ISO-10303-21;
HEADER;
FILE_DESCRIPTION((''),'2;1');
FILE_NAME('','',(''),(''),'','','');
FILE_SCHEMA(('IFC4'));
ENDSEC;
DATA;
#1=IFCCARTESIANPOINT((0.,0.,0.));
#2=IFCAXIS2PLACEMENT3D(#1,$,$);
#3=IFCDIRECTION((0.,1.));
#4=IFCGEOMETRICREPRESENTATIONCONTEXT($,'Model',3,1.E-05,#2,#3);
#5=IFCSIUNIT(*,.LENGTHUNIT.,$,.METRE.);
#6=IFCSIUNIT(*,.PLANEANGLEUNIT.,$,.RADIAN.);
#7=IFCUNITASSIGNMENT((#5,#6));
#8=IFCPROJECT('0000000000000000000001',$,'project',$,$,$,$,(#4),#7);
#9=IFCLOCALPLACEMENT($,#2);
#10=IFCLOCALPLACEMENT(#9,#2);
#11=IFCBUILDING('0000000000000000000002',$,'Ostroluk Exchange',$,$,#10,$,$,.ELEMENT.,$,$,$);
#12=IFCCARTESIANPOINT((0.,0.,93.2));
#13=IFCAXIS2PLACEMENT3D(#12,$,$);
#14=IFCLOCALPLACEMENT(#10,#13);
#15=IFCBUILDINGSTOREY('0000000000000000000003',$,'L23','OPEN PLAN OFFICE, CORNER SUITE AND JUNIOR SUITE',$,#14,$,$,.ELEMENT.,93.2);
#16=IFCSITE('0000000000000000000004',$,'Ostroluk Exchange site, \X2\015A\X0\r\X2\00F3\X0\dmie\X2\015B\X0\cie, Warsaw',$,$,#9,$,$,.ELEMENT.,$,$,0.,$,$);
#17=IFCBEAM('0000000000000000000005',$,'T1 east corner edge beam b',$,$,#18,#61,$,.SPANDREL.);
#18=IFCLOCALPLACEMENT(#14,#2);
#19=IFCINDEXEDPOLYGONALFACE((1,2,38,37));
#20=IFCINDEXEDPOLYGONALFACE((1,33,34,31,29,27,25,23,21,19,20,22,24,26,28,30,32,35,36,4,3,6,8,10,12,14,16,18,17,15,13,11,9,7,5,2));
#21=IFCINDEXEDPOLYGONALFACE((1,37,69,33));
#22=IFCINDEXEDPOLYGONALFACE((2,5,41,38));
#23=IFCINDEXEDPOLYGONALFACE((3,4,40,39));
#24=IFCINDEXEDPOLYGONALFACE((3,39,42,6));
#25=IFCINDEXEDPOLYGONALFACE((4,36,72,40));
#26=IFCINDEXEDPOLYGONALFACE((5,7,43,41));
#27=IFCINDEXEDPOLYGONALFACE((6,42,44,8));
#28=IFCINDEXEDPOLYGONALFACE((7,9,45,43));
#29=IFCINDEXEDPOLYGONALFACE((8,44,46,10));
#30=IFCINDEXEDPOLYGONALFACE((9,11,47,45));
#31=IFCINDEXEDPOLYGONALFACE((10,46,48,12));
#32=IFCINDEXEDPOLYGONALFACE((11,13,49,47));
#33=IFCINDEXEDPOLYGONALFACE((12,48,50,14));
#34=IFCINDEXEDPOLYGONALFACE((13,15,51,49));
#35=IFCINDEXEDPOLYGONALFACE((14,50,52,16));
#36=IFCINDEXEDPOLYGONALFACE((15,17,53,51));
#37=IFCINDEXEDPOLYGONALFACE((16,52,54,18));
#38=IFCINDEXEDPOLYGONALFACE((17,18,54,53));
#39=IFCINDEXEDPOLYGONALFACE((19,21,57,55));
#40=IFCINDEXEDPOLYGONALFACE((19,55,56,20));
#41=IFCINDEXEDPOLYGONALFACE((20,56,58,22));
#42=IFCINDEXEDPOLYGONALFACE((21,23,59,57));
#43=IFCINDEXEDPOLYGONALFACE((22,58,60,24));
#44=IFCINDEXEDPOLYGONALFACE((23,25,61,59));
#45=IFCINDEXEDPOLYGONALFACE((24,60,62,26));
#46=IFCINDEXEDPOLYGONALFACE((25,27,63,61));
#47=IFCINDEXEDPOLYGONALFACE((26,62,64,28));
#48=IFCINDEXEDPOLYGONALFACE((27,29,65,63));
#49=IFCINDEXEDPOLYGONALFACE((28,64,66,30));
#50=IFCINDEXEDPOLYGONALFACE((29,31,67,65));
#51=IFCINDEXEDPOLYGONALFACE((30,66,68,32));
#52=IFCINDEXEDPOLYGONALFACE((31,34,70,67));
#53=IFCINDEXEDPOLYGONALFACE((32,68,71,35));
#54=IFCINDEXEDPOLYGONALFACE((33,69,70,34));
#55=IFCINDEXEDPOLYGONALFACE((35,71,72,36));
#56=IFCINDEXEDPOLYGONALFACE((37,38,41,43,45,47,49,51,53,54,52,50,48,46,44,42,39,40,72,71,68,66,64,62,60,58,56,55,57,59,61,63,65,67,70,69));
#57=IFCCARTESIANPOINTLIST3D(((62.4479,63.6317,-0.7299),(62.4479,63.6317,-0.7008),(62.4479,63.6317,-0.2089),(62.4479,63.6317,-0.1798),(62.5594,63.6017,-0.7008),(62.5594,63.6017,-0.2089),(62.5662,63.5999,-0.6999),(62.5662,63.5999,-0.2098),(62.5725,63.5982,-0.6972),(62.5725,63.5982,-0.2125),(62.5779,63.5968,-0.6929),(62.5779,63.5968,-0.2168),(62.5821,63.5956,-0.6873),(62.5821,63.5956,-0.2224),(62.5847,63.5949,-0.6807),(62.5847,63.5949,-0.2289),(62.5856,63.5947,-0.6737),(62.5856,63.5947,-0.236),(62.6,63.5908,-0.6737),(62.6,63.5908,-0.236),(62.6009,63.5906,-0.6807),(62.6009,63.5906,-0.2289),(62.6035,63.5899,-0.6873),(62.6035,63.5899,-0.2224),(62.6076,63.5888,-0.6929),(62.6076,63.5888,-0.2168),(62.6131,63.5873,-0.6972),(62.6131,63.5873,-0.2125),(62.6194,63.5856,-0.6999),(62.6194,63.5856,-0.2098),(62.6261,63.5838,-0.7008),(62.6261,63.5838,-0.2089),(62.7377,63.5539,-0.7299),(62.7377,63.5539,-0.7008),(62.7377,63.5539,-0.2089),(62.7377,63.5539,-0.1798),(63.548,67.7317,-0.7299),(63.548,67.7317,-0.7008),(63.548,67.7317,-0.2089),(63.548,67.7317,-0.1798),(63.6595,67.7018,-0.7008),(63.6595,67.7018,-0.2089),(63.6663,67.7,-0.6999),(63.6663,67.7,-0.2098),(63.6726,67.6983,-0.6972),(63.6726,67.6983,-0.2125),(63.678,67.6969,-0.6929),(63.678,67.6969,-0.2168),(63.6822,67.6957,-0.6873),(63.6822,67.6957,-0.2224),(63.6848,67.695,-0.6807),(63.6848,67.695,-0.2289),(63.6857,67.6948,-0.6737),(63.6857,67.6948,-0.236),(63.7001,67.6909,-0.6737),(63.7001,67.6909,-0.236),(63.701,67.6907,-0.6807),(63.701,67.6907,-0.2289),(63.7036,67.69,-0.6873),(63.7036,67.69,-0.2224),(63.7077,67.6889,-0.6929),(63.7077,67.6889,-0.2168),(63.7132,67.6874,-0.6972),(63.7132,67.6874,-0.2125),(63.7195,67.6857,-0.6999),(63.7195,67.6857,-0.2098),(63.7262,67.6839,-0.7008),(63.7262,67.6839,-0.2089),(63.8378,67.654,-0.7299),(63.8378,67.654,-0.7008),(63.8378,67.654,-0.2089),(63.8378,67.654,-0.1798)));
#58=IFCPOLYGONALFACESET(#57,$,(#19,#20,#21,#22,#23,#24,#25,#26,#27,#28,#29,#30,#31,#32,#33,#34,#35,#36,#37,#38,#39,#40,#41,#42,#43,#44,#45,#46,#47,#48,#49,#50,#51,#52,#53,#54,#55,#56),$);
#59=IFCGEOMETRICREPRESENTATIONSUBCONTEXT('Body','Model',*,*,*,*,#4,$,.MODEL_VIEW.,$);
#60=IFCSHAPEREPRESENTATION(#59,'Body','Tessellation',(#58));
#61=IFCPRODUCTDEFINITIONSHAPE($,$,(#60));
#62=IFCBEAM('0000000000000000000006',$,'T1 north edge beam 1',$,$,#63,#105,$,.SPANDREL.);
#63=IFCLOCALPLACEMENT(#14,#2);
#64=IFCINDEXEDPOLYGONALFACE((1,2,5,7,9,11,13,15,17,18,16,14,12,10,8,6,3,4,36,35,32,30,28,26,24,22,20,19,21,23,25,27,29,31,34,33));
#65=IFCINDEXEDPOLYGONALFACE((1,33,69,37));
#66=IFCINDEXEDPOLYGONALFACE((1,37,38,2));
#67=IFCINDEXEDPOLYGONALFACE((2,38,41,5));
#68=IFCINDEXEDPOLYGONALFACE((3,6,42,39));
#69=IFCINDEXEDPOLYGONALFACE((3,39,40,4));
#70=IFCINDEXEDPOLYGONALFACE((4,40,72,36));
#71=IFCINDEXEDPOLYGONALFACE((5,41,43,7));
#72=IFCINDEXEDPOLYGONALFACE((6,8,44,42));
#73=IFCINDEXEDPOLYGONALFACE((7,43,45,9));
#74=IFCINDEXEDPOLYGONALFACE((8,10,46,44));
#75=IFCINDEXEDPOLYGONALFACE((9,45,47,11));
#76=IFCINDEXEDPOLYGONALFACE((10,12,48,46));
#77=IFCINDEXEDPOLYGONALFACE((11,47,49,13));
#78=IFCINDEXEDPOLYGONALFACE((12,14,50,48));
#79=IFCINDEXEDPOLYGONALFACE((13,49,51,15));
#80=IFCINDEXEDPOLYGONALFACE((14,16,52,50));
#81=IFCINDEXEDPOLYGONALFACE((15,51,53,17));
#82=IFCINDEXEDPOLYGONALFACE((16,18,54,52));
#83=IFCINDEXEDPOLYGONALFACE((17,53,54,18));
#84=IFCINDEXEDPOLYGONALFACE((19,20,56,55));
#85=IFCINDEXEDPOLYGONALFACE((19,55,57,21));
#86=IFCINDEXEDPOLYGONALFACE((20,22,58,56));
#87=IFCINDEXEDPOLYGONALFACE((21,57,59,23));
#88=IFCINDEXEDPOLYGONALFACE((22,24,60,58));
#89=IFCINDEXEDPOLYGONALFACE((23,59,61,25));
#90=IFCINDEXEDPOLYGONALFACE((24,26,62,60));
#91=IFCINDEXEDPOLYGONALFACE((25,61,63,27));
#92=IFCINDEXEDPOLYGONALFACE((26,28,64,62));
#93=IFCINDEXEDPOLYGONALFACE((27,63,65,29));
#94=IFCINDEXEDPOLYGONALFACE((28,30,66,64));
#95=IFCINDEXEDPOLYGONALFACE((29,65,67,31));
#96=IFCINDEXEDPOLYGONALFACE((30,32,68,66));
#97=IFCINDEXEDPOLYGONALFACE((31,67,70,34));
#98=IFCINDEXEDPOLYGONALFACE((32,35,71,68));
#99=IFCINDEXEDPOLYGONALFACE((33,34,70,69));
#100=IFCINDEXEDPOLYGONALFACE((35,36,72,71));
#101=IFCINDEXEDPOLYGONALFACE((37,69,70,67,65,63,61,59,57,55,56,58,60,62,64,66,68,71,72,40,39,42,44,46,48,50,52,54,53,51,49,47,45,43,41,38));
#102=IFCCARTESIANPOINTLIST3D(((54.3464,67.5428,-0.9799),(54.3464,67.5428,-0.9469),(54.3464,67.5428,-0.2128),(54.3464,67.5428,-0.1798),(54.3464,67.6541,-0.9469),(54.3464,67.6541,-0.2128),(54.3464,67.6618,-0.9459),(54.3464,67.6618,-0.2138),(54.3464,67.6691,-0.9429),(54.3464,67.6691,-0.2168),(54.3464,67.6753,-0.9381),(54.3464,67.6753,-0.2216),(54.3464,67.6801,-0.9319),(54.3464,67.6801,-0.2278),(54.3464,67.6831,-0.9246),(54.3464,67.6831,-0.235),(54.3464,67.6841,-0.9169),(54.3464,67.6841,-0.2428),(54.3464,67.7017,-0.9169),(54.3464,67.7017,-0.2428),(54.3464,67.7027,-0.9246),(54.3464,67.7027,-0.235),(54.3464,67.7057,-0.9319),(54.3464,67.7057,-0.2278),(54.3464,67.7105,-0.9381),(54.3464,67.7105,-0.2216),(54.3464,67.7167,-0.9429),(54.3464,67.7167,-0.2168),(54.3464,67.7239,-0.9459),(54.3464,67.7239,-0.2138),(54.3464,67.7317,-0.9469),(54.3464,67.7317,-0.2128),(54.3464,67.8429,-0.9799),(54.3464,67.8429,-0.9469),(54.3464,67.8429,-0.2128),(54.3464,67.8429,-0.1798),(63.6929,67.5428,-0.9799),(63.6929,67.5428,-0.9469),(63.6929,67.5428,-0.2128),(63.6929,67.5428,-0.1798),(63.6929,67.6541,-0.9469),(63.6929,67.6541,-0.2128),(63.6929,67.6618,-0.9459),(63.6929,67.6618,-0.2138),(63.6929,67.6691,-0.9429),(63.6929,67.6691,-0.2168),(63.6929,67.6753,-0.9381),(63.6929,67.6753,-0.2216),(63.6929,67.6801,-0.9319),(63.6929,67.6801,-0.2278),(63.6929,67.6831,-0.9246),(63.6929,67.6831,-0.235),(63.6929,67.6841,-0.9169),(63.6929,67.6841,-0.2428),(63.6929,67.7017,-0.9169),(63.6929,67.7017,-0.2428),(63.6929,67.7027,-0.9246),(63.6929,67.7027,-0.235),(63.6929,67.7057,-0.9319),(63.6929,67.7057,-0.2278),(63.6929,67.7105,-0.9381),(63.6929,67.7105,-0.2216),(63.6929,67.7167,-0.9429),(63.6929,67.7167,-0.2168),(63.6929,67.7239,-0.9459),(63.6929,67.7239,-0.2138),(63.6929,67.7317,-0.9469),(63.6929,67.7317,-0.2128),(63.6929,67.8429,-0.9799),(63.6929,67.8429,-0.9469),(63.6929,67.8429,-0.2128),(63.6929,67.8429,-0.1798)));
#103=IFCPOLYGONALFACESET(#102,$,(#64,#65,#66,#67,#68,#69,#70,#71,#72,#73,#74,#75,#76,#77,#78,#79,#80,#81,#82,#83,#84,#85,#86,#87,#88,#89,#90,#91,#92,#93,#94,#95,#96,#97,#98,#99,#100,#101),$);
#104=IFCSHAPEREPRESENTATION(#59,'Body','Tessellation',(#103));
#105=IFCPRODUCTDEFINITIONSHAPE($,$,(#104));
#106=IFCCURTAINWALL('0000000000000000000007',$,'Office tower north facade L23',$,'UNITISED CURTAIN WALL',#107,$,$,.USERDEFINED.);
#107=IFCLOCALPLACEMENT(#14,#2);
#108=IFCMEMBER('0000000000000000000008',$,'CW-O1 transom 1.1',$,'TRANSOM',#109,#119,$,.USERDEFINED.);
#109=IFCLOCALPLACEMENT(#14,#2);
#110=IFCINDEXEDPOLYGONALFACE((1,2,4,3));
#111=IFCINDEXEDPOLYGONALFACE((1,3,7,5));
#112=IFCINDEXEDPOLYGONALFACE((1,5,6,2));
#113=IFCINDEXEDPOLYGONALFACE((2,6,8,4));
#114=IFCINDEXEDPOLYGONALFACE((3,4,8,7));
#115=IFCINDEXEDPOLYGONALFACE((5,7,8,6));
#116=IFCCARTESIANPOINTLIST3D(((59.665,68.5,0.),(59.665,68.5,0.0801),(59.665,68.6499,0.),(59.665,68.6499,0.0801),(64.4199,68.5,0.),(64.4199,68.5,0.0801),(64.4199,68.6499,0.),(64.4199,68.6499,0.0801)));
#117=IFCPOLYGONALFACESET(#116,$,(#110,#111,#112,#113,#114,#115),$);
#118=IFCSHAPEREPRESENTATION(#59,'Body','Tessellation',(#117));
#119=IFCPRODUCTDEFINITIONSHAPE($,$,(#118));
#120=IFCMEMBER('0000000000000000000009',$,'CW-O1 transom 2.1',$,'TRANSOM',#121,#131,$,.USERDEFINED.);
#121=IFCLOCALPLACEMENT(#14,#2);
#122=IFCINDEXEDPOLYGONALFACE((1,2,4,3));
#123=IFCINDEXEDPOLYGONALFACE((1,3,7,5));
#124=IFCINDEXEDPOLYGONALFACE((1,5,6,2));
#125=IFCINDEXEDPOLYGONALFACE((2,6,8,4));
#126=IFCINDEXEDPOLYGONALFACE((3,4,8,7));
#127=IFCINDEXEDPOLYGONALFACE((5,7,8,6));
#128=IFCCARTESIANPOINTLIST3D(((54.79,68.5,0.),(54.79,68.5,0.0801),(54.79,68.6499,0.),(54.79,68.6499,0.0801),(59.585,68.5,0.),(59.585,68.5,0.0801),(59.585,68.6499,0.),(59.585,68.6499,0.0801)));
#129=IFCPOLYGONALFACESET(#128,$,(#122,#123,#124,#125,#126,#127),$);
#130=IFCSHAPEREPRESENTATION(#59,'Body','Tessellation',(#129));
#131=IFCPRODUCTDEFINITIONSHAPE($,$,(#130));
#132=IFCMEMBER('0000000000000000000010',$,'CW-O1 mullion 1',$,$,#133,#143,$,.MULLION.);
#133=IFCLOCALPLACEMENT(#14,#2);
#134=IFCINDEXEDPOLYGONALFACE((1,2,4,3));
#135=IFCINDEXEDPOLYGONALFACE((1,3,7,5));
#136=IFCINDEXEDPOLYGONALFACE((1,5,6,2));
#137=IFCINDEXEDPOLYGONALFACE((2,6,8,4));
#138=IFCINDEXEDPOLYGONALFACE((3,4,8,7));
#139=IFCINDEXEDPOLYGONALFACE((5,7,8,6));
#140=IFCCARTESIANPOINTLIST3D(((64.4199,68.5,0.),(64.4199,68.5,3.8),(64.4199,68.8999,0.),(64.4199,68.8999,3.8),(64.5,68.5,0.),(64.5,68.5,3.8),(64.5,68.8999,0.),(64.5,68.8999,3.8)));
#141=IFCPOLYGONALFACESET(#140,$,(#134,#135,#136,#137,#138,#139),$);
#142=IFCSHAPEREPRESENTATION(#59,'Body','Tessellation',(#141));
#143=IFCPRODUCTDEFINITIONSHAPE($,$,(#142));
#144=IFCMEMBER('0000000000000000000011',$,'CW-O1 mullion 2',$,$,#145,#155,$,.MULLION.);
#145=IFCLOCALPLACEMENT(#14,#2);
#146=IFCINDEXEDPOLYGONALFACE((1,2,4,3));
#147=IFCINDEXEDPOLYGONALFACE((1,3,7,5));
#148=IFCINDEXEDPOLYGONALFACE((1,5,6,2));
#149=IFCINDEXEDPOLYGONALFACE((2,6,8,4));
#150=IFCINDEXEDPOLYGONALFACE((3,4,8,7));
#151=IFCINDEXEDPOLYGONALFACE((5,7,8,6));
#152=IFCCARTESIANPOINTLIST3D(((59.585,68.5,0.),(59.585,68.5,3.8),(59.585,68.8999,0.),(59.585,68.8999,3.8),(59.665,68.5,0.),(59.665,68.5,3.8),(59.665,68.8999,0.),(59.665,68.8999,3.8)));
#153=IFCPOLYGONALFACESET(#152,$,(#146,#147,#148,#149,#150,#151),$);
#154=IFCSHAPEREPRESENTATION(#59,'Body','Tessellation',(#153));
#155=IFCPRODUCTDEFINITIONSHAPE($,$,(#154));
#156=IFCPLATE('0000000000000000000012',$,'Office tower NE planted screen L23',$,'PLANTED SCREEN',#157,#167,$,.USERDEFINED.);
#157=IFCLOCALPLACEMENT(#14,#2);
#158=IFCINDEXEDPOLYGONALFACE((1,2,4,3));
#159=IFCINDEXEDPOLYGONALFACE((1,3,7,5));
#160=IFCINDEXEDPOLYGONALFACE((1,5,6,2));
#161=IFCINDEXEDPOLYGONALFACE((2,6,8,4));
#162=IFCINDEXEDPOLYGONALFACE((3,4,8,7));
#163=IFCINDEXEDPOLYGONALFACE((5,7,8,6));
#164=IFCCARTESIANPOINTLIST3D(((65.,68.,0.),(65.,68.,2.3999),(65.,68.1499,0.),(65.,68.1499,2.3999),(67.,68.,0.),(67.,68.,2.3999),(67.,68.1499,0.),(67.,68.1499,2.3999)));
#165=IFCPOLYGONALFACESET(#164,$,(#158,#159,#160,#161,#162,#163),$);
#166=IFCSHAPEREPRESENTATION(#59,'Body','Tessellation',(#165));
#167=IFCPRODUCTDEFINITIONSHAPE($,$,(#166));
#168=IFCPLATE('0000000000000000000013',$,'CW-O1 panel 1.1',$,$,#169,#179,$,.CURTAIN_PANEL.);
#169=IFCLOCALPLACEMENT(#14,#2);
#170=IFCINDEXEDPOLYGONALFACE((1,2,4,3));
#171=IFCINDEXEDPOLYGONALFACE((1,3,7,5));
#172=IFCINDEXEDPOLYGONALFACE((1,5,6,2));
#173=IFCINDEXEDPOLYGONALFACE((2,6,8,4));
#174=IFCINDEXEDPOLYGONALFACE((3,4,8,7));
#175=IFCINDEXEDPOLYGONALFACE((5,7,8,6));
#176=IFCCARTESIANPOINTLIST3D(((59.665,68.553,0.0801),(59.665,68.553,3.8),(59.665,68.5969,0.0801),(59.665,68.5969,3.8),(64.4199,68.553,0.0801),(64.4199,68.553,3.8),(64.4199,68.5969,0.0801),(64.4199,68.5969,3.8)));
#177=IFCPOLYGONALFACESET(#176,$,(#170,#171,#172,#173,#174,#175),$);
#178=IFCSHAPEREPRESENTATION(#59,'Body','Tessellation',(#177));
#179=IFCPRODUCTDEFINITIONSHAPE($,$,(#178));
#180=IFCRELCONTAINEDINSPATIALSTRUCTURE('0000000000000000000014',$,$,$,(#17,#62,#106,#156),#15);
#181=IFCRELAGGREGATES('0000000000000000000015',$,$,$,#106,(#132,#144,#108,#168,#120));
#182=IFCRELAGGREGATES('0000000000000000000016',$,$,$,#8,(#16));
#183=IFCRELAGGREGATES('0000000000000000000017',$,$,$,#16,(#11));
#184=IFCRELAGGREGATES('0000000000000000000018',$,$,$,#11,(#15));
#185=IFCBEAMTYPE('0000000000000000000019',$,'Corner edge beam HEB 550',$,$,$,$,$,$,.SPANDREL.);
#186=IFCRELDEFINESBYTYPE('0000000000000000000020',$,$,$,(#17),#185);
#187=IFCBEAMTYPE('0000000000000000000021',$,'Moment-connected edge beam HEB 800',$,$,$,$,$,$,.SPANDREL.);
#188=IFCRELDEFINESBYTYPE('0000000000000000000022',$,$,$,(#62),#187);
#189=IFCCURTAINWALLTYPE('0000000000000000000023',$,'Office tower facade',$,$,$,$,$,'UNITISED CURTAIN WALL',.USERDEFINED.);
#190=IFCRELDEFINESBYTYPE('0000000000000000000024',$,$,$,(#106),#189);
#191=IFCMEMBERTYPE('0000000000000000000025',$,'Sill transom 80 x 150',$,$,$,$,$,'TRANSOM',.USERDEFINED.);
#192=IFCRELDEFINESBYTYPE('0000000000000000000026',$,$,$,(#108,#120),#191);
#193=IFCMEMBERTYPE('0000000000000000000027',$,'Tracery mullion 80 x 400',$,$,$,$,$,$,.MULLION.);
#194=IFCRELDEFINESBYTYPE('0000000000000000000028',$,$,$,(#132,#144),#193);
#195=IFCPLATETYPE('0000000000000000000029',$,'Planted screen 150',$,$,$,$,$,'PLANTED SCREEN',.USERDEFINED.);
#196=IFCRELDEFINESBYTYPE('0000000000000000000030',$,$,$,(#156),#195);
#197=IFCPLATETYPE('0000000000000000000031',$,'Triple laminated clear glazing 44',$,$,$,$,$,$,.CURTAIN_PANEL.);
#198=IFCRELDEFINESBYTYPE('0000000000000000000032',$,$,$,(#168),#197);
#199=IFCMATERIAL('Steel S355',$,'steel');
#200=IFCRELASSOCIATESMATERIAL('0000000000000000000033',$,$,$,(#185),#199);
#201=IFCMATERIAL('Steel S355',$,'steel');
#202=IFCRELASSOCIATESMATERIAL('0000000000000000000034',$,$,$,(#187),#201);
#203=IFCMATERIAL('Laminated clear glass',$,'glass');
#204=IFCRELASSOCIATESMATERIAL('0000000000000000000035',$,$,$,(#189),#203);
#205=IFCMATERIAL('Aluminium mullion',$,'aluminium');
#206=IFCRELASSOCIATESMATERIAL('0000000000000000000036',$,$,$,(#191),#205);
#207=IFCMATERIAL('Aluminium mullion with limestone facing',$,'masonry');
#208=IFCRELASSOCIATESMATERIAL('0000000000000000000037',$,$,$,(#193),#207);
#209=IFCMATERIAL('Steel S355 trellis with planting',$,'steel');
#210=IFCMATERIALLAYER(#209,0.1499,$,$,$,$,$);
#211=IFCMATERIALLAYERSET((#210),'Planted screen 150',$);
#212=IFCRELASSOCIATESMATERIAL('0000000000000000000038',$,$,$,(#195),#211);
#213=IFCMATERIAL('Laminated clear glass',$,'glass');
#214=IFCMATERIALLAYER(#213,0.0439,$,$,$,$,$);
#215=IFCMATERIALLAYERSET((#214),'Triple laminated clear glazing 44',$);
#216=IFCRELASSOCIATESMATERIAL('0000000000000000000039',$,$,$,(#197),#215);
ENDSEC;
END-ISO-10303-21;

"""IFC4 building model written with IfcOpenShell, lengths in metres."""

from ifc_helpers import new_model, si_unit, direction, frame, origin, origin_2d, place, context, subcontext, project, spatial, rectangle, i_section, extrude, material, layer, layer_set, material_profile, profile_set, type_object, element, aggregate, save


model = new_model("IFC4")

# Units and contexts
model_context = context("Model", 3, precision=1e-05, world=origin(), true_north=direction((0.0, 1.0)))
body_context = subcontext(model_context, "Body", "Model", "MODEL_VIEW")
ifc_project = project(units=[si_unit("LENGTHUNIT", "METRE"), si_unit("PLANEANGLEUNIT", "RADIAN")], contexts=[model_context])

# Site, building, storey
site_placement = place(None, origin())
site = spatial("IfcSite", under=ifc_project, at=site_placement, Name="Ostroluk Exchange site, Śródmieście, Warsaw", CompositionType="ELEMENT", RefElevation=0.0)
building_placement = place(site_placement, origin())
building = spatial("IfcBuilding", under=site, at=building_placement, Name="Ostroluk Exchange", CompositionType="ELEMENT")
storey_placement = place(building_placement, frame((0.0, 0.0, 93.2)))
storey = spatial("IfcBuildingStorey", under=building, at=storey_placement, Name="L23", Description="OPEN PLAN OFFICE, CORNER SUITE AND JUNIOR SUITE", CompositionType="ELEMENT", Elevation=93.2)

# Beams
ifc_material_1 = material(Name="Steel S355", Category="steel")
ifc_material_profile_1 = material_profile(ifc_material_1, i_section(OverallWidth=0.3, OverallDepth=0.55, WebThickness=0.0149, FlangeThickness=0.0291, FilletRadius=0.0271, at=origin_2d()), Name="HEB 550")
ifc_profile_set_1 = profile_set([ifc_material_profile_1], Name="Steel S355")
beam_type_1 = type_object("IfcBeamType", Name="Corner edge beam HEB 550", PredefinedType="SPANDREL", material=ifc_profile_set_1)
for number, where, z_axis, x_axis, name in (
    (1, (62.5928, 63.5928, -0.4548), (0.259144, 0.965839, 0.0), (-0.965839, 0.259144, 0.0), "T1 east corner edge beam b"),
):
    element("IfcBeam", number, at=place(storey_placement, frame(where, z_axis=z_axis, x_axis=x_axis)), inside=storey, type_object=beam_type_1, Name=name, PredefinedType="SPANDREL", context=body_context, shape_type="SweptSolid", body=[
        extrude(i_section(OverallWidth=0.3, OverallDepth=0.55, WebThickness=0.0149, FlangeThickness=0.0291, FilletRadius=0.0271, at=origin_2d()), origin(), (0.0, 0.0, 1.0), 4.2451),
    ])
ifc_material_2 = material(Name="Steel S355", Category="steel")
ifc_material_profile_2 = material_profile(ifc_material_2, i_section(OverallWidth=0.3, OverallDepth=0.8, WebThickness=0.0176, FlangeThickness=0.033, FilletRadius=0.03, at=origin_2d()), Name="HEB 800")
ifc_profile_set_2 = profile_set([ifc_material_profile_2], Name="Steel S355")
beam_type_2 = type_object("IfcBeamType", Name="Moment-connected edge beam HEB 800", PredefinedType="SPANDREL", material=ifc_profile_set_2)
beam_1_placement = place(storey_placement, frame((63.6929, 67.6929, -0.5798), z_axis=(-1.0, 0.0, 0.0), x_axis=(0.0, -1.0, 0.0)))
element("IfcBeam", 2, at=beam_1_placement, inside=storey, type_object=beam_type_2, Name="T1 north edge beam 1", PredefinedType="SPANDREL", context=body_context, shape_type="SweptSolid", body=[
    extrude(i_section(OverallWidth=0.3, OverallDepth=0.8, WebThickness=0.0176, FlangeThickness=0.033, FilletRadius=0.03, at=origin_2d()), origin(), (0.0, 0.0, 1.0), 9.3464),
])

# Curtain wall, members
ifc_material_3 = material(Name="Laminated clear glass", Category="glass")
curtain_wall_type = type_object("IfcCurtainWallType", Name="Office tower facade", ElementType="UNITISED CURTAIN WALL", PredefinedType="USERDEFINED", material=ifc_material_3)
curtain_wall_placement = place(storey_placement, origin())
curtain_wall = element("IfcCurtainWall", 3, at=curtain_wall_placement, inside=storey, type_object=curtain_wall_type, Name="Office tower north facade L23", ObjectType="UNITISED CURTAIN WALL", PredefinedType="USERDEFINED")
ifc_material_4 = material(Name="Aluminium mullion", Category="aluminium")
ifc_material_profile_3 = material_profile(ifc_material_4, rectangle(XDim=0.1499, YDim=0.0801, at=origin_2d()), Name="Sill transom 80 x 150")
ifc_profile_set_3 = profile_set([ifc_material_profile_3], Name="Aluminium mullion")
member_type_1 = type_object("IfcMemberType", Name="Sill transom 80 x 150", ElementType="TRANSOM", PredefinedType="USERDEFINED", material=ifc_profile_set_3)
member_1_placement = place(storey_placement, frame((64.4199, 68.575, 0.04), z_axis=(-1.0, 0.0, 0.0), x_axis=(0.0, -1.0, 0.0)))
member_1 = element("IfcMember", 4, at=member_1_placement, type_object=member_type_1, Name="CW-O1 transom 1.1", ObjectType="TRANSOM", PredefinedType="USERDEFINED", context=body_context, shape_type="SweptSolid", body=[
    extrude(rectangle(XDim=0.1499, YDim=0.0801, at=origin_2d()), origin(), (0.0, 0.0, 1.0), 4.7549),
])
member_2_placement = place(storey_placement, frame((59.585, 68.575, 0.04), z_axis=(-1.0, 0.0, 0.0), x_axis=(0.0, -1.0, 0.0)))
member_2 = element("IfcMember", 5, at=member_2_placement, type_object=member_type_1, Name="CW-O1 transom 2.1", ObjectType="TRANSOM", PredefinedType="USERDEFINED", context=body_context, shape_type="SweptSolid", body=[
    extrude(rectangle(XDim=0.1499, YDim=0.0801, at=origin_2d()), origin(), (0.0, 0.0, 1.0), 4.7949),
])
ifc_material_5 = material(Name="Aluminium mullion with limestone facing", Category="masonry")
ifc_material_profile_4 = material_profile(ifc_material_5, rectangle(XDim=0.3999, YDim=0.0801, at=origin_2d()), Name="Tracery mullion 80 x 400")
ifc_profile_set_4 = profile_set([ifc_material_profile_4], Name="Aluminium mullion with limestone facing")
member_type_2 = type_object("IfcMemberType", Name="Tracery mullion 80 x 400", PredefinedType="MULLION", material=ifc_profile_set_4)
member_3_placement = place(storey_placement, frame((64.46, 68.7, 0.0), z_axis=(0.0, 0.0, 1.0), x_axis=(0.0, -1.0, 0.0)))
member_3 = element("IfcMember", 6, at=member_3_placement, type_object=member_type_2, Name="CW-O1 mullion 1", PredefinedType="MULLION", context=body_context, shape_type="SweptSolid", body=[
    extrude(rectangle(XDim=0.3999, YDim=0.0801, at=origin_2d()), origin(), (0.0, 0.0, 1.0), 3.8),
])
member_4_placement = place(storey_placement, frame((59.625, 68.7, 0.0), z_axis=(0.0, 0.0, 1.0), x_axis=(0.0, -1.0, 0.0)))
member_4 = element("IfcMember", 7, at=member_4_placement, type_object=member_type_2, Name="CW-O1 mullion 2", PredefinedType="MULLION", context=body_context, shape_type="SweptSolid", body=[
    extrude(rectangle(XDim=0.3999, YDim=0.0801, at=origin_2d()), origin(), (0.0, 0.0, 1.0), 3.8),
])

# Plates
ifc_material_6 = material(Name="Steel S355 trellis with planting", Category="steel")
ifc_layer_1 = layer(ifc_material_6, 0.1499)
ifc_layer_set_1 = layer_set([ifc_layer_1], Name="Planted screen 150")
plate_type_1 = type_object("IfcPlateType", Name="Planted screen 150", ElementType="PLANTED SCREEN", PredefinedType="USERDEFINED", material=ifc_layer_set_1)
plate_1_placement = place(storey_placement, frame((66.0, 68.075, 0.0), z_axis=(0.0, 0.0, 1.0), x_axis=(1.0, 0.0, 0.0)))
element("IfcPlate", 8, at=plate_1_placement, inside=storey, type_object=plate_type_1, Name="Office tower NE planted screen L23", ObjectType="PLANTED SCREEN", PredefinedType="USERDEFINED", context=body_context, shape_type="SweptSolid", body=[
    extrude(rectangle(XDim=2.0, YDim=0.1499, at=origin_2d()), origin(), (0.0, 0.0, 1.0), 2.3999),
])
ifc_material_7 = material(Name="Laminated clear glass", Category="glass")
ifc_layer_2 = layer(ifc_material_7, 0.0439)
ifc_layer_set_2 = layer_set([ifc_layer_2], Name="Triple laminated clear glazing 44")
plate_type_2 = type_object("IfcPlateType", Name="Triple laminated clear glazing 44", PredefinedType="CURTAIN_PANEL", material=ifc_layer_set_2)
plate_2_placement = place(storey_placement, frame((62.0425, 68.575, 0.0801), z_axis=(0.0, 0.0, 1.0), x_axis=(-1.0, 0.0, 0.0)))
plate_2 = element("IfcPlate", 9, at=plate_2_placement, type_object=plate_type_2, Name="CW-O1 panel 1.1", PredefinedType="CURTAIN_PANEL", context=body_context, shape_type="SweptSolid", body=[
    extrude(rectangle(XDim=4.7549, YDim=0.0439, at=origin_2d()), origin(), (0.0, 0.0, 1.0), 3.72),
])
aggregate(curtain_wall, [member_3, member_4, member_1, plate_2, member_2])

save(model, "model.ifc")
